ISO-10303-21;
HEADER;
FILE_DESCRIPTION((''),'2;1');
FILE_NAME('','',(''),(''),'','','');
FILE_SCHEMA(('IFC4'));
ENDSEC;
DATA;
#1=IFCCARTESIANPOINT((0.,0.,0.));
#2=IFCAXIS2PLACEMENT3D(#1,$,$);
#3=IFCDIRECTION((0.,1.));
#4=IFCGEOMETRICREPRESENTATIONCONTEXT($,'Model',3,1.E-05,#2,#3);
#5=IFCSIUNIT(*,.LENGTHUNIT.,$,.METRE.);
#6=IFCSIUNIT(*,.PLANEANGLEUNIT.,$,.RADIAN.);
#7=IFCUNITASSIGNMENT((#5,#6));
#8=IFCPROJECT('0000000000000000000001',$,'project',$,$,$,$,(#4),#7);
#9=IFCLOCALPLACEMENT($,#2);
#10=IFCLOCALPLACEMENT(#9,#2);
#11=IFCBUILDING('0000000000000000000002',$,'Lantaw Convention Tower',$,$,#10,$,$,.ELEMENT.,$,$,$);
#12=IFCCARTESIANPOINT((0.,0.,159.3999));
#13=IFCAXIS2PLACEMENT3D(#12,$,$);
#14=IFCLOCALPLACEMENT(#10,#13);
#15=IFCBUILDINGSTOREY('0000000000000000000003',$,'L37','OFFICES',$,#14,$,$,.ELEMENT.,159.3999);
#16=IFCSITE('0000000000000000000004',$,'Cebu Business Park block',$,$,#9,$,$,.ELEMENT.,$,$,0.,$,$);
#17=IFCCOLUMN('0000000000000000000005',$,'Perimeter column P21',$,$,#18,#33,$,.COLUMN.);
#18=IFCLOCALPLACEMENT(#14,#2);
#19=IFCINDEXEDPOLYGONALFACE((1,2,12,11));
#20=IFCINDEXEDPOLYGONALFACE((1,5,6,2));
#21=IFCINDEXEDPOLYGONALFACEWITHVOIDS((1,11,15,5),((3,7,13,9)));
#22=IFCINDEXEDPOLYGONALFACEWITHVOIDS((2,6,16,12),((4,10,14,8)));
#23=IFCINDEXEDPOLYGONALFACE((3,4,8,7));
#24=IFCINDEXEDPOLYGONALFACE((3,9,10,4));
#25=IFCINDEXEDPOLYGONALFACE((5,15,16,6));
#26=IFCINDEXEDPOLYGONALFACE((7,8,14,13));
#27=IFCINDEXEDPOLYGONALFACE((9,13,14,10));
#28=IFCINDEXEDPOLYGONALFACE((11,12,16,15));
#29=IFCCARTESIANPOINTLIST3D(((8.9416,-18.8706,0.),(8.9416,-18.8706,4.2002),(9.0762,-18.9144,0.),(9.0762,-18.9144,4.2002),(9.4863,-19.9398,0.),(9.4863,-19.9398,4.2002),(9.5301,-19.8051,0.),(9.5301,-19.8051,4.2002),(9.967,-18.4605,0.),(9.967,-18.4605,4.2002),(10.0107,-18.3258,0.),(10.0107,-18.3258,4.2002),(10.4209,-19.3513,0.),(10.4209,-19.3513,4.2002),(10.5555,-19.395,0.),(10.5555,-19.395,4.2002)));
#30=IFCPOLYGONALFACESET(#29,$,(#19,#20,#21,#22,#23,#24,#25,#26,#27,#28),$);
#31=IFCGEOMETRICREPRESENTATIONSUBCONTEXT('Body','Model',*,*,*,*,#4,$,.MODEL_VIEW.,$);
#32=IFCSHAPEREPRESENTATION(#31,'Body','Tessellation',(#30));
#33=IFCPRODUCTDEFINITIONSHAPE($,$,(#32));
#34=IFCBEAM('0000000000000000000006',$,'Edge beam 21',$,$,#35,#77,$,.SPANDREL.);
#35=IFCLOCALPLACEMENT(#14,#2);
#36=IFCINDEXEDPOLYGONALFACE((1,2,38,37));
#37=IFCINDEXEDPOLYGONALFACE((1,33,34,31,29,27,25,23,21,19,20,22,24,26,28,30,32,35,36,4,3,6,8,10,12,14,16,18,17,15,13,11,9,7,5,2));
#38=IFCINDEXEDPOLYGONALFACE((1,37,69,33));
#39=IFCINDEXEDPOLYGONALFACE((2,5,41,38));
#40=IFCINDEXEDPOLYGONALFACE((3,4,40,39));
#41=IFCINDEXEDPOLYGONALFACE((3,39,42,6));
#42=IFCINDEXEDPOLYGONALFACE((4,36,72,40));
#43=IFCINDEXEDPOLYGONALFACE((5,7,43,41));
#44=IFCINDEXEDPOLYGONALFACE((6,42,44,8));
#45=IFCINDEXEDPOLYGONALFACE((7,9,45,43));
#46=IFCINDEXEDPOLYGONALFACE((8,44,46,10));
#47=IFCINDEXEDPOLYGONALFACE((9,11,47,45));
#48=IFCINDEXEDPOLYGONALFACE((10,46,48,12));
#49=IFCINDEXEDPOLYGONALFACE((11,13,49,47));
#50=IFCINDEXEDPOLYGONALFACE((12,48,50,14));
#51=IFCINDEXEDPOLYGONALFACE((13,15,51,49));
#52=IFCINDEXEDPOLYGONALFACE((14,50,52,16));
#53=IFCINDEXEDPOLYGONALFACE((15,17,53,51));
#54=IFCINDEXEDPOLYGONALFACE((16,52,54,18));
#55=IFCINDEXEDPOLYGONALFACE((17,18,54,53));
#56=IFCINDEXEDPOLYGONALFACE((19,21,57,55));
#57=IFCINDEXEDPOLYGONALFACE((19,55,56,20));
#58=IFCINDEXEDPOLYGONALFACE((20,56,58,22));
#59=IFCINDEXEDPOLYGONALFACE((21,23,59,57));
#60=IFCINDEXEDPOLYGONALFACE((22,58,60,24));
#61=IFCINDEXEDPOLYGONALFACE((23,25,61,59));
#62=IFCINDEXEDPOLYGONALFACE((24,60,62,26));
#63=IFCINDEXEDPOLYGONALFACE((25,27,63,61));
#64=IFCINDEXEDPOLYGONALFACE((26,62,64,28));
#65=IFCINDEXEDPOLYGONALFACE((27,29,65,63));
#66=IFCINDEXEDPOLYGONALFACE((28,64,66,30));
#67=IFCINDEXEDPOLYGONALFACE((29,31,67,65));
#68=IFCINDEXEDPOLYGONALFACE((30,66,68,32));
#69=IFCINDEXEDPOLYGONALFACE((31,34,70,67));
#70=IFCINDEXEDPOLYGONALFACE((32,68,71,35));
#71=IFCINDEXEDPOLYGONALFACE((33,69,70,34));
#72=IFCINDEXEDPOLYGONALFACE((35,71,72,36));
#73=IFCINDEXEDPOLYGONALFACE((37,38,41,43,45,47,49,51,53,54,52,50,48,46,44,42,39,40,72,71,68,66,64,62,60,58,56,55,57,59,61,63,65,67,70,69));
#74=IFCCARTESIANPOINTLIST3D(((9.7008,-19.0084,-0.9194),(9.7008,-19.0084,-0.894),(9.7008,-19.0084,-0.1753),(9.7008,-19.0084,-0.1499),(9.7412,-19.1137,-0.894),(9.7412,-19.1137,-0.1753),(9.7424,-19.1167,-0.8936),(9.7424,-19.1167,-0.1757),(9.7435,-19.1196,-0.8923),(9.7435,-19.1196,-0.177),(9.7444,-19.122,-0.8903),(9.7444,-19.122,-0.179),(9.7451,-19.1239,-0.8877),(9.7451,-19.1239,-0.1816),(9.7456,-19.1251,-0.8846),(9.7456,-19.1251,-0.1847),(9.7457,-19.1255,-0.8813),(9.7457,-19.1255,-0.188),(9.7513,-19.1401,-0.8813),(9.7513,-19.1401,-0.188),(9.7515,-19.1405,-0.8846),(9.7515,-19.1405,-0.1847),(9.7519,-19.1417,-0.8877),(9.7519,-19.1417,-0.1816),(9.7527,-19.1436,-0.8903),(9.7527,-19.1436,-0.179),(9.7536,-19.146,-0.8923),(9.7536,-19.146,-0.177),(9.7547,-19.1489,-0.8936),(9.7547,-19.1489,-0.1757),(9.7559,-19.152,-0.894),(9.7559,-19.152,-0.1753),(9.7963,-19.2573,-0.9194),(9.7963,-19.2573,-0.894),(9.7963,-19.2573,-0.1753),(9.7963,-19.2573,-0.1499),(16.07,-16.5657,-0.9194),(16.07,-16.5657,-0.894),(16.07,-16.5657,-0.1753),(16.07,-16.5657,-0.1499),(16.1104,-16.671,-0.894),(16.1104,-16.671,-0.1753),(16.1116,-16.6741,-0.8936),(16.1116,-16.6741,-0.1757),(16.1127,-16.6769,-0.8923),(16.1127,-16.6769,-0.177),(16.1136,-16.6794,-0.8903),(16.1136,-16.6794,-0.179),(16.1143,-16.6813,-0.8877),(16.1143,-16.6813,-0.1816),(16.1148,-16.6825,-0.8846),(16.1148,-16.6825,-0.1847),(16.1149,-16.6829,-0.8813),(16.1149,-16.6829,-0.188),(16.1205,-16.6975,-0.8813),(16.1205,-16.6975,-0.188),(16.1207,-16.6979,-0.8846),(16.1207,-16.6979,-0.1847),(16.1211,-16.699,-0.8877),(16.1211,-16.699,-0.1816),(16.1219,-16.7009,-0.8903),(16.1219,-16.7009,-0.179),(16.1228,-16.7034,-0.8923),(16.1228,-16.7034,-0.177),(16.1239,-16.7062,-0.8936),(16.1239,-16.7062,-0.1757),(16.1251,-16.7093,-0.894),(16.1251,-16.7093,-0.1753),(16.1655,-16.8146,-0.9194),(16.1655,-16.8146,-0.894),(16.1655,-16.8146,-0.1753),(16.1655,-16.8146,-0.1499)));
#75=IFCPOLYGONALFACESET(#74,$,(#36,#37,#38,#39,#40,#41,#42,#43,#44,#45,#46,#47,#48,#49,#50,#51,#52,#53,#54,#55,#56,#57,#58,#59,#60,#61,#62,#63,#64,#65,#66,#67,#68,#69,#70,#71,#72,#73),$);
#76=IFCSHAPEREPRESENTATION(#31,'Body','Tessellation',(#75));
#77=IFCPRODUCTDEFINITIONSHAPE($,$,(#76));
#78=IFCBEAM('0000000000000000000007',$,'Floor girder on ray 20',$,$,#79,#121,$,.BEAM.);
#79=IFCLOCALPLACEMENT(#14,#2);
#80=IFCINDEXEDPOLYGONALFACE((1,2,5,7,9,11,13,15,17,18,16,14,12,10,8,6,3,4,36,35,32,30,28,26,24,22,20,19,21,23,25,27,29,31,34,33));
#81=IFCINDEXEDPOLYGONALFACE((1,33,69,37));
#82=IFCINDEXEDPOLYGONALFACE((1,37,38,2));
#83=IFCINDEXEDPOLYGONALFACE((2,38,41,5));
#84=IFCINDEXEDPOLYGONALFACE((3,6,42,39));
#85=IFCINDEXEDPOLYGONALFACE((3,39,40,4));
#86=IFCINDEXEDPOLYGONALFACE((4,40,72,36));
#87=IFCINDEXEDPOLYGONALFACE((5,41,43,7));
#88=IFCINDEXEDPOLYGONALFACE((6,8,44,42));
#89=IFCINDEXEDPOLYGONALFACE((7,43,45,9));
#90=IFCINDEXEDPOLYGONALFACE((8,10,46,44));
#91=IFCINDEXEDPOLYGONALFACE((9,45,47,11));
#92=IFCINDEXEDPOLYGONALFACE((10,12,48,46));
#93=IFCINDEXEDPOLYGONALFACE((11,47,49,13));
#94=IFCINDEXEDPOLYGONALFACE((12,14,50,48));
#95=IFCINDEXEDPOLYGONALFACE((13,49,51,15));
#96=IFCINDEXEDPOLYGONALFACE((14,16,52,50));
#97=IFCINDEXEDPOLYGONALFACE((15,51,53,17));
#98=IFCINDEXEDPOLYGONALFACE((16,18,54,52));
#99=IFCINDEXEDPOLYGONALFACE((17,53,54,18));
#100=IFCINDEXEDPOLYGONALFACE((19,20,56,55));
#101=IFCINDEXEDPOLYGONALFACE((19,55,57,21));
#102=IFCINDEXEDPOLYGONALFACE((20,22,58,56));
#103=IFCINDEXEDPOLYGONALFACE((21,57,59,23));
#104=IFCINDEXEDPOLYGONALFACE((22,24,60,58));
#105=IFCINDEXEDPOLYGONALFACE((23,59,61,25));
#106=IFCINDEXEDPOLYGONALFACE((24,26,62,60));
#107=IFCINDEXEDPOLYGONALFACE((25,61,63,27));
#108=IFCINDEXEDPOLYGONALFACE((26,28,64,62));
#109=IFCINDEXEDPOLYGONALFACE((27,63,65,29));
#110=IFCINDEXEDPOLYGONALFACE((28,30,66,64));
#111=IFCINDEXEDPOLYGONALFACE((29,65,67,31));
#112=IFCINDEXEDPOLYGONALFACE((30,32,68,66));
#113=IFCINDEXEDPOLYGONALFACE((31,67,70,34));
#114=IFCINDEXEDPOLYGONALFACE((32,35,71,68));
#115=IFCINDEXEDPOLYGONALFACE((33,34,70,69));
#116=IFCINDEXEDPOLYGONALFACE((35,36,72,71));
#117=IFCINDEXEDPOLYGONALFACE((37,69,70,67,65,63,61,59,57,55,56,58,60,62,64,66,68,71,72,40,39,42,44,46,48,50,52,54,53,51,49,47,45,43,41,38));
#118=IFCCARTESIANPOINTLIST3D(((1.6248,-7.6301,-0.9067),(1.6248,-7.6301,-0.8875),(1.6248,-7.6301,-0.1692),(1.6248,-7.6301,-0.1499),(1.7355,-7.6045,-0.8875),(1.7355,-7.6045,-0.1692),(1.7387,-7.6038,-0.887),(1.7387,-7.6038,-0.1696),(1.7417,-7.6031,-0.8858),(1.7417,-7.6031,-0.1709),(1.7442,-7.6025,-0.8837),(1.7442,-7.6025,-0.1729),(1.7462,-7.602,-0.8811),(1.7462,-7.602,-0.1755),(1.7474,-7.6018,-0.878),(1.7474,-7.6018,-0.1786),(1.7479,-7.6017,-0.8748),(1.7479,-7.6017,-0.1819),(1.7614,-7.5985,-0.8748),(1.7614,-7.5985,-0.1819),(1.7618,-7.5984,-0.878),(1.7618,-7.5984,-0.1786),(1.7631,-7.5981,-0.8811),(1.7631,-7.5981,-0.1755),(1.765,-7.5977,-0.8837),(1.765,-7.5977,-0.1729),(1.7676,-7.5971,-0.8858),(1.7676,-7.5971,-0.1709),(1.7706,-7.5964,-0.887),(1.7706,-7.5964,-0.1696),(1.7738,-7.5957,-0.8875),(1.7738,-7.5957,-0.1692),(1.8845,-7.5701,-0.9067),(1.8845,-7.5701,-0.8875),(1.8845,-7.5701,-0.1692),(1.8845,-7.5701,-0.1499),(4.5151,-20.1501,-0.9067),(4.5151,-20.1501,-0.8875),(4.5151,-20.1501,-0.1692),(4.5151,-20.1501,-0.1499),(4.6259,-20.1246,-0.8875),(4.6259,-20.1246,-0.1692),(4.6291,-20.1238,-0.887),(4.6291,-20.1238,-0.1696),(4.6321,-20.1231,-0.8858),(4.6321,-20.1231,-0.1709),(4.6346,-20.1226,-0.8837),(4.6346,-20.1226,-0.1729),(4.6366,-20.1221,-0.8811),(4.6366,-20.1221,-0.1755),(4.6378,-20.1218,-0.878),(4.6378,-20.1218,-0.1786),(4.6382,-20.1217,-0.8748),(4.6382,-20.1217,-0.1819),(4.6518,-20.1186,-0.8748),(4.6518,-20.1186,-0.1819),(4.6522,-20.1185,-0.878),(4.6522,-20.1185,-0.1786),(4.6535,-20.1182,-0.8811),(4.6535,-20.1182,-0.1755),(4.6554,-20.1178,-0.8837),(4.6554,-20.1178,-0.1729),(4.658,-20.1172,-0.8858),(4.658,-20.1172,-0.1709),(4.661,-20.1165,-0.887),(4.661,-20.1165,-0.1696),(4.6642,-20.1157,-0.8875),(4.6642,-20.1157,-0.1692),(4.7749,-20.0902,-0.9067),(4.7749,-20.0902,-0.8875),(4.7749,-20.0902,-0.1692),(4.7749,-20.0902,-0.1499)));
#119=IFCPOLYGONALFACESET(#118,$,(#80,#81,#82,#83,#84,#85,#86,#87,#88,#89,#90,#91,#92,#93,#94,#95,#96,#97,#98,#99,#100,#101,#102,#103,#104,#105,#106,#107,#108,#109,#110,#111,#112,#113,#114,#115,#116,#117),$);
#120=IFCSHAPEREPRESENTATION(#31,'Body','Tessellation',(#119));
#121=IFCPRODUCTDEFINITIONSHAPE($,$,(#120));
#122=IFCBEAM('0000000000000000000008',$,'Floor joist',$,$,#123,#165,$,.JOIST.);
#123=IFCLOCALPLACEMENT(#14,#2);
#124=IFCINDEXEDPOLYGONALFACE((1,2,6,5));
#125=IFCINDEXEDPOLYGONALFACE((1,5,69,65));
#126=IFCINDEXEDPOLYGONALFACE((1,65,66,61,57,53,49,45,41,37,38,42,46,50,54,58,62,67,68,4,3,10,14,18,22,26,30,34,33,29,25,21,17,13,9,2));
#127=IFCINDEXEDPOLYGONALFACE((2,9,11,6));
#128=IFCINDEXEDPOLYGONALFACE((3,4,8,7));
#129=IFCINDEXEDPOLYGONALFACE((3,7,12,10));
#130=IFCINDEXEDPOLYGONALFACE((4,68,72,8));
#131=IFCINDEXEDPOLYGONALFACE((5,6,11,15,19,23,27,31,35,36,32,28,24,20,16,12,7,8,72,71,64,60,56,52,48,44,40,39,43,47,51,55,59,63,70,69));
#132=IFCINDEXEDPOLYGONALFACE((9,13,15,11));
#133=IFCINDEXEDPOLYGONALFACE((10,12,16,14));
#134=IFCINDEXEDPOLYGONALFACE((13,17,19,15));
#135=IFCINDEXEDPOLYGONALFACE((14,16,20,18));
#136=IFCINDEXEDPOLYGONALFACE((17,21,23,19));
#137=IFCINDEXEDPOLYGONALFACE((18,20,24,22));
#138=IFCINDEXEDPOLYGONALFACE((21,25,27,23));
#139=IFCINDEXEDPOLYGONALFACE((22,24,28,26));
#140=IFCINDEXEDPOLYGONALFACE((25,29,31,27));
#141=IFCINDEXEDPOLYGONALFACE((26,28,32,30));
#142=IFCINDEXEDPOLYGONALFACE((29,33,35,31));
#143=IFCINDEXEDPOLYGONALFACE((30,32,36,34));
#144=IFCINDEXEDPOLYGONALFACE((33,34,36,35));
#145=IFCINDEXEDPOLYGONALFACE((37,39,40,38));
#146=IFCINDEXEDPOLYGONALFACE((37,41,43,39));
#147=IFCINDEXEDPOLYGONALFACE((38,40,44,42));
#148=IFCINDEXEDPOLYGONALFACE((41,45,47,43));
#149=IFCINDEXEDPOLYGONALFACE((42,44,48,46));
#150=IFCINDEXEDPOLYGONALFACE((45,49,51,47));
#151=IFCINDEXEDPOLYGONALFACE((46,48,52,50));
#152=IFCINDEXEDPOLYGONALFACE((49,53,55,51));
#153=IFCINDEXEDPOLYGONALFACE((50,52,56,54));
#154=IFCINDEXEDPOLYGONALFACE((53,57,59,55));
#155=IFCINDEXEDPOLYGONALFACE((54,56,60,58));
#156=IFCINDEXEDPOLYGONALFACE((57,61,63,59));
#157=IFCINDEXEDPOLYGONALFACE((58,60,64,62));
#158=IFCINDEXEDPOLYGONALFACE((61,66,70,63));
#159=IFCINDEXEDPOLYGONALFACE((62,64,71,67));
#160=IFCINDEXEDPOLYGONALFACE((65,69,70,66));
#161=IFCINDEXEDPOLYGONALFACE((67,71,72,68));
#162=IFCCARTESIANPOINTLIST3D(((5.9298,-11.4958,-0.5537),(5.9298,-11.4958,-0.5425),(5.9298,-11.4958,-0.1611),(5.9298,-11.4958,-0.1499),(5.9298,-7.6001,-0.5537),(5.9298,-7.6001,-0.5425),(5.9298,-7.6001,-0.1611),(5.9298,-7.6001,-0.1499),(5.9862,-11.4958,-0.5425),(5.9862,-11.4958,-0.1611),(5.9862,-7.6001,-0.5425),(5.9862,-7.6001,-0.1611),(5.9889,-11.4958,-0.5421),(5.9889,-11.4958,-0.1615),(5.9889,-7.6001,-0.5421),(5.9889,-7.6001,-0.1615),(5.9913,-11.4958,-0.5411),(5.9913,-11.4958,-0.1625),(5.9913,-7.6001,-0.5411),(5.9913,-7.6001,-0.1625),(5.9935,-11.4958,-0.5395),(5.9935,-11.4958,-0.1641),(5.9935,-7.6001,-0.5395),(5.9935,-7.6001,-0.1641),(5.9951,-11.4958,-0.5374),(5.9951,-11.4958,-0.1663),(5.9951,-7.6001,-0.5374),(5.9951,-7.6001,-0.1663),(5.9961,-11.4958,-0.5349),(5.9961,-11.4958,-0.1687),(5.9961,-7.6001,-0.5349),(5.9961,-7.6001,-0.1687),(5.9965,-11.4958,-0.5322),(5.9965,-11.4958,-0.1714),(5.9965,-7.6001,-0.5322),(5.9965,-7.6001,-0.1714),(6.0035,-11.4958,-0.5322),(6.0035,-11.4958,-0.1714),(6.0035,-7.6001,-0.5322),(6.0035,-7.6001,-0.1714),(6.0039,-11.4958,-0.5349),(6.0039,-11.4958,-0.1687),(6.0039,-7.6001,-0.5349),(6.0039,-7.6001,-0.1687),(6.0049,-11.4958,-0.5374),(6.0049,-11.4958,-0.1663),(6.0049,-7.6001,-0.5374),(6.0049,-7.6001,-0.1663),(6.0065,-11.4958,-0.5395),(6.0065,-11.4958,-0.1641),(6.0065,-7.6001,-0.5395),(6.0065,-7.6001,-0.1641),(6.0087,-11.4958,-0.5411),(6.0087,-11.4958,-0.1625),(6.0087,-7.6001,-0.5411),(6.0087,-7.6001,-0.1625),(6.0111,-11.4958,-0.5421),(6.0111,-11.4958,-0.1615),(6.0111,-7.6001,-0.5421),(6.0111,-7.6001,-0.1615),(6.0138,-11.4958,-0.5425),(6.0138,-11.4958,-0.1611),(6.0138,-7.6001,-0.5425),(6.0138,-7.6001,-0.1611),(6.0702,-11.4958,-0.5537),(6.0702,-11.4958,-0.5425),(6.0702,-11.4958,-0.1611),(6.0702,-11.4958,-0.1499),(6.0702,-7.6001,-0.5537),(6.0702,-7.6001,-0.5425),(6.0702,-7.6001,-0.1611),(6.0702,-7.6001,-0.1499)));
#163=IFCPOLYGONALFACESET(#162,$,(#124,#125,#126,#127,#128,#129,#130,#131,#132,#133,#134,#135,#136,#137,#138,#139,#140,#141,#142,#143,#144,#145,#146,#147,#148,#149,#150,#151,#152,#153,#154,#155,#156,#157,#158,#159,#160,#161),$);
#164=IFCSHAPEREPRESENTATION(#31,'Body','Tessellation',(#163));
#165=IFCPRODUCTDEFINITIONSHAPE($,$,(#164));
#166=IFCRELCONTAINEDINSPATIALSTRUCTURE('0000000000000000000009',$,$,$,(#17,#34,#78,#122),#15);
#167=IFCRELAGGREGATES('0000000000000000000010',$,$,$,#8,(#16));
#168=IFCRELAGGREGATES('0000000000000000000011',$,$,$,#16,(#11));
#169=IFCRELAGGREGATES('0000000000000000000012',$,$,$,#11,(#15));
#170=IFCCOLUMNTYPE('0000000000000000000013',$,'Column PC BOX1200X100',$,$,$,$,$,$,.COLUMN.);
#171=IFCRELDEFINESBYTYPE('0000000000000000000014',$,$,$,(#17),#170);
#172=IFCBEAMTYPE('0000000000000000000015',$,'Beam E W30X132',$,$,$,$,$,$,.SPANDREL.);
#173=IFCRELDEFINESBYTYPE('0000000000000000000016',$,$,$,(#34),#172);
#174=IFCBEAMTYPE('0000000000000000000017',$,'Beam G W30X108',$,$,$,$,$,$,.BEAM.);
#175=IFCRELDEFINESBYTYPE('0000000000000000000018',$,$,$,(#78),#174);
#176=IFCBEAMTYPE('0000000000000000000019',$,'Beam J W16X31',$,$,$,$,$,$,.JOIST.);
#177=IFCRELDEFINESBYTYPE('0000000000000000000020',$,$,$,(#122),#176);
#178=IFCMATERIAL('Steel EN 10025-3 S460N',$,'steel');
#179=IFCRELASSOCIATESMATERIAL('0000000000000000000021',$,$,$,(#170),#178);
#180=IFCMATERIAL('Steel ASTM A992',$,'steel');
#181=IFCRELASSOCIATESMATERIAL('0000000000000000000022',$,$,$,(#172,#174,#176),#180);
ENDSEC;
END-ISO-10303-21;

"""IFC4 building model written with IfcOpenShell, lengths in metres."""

from ifc_helpers import new_model, si_unit, direction, frame, origin, origin_2d, place, context, subcontext, project, spatial, rectangle, hollow_rectangle, i_section, extrude, material, material_profile, profile_set, type_object, element, save


model = new_model("IFC4")

# Units and contexts
model_context = context("Model", 3, precision=1e-05, world=origin(), true_north=direction((0.0, 1.0)))
body_context = subcontext(model_context, "Body", "Model", "MODEL_VIEW")
ifc_project = project(units=[si_unit("LENGTHUNIT", "METRE"), si_unit("PLANEANGLEUNIT", "RADIAN")], contexts=[model_context])

# Site, building, storey
site_placement = place(None, origin())
site = spatial("IfcSite", under=ifc_project, at=site_placement, Name="Cebu Business Park block", CompositionType="ELEMENT", RefElevation=0.0)
building_placement = place(site_placement, origin())
building = spatial("IfcBuilding", under=site, at=building_placement, Name="Lantaw Convention Tower", CompositionType="ELEMENT")
storey_placement = place(building_placement, frame((0.0, 0.0, 159.3999)))
storey = spatial("IfcBuildingStorey", under=building, at=storey_placement, Name="L37", Description="OFFICES", CompositionType="ELEMENT", Elevation=159.3999)

# Column
ifc_material_1 = material(Name="Steel EN 10025-3 S460N", Category="steel")
ifc_material_profile_1 = material_profile(ifc_material_1, hollow_rectangle(XDim=1.2, YDim=1.2, WallThickness=0.1001, at=origin_2d()), Name="BOX1200X100")
ifc_material_2 = material(Name="Concrete C60/75", Category="concrete")
ifc_material_profile_2 = material_profile(ifc_material_2, rectangle(XDim=1.0, YDim=1.0, at=origin_2d()), Name="Concrete fill of BOX1200X100")
ifc_profile_set_1 = profile_set([ifc_material_profile_1, ifc_material_profile_2], Name="Steel EN 10025-3 S460N")
column_type = type_object("IfcColumnType", Name="Column PC BOX1200X100", PredefinedType="COLUMN", material=ifc_profile_set_1)
column_placement = place(storey_placement, frame((9.7485, -19.1328, 0.0), z_axis=(0.0, 0.0, 1.0), x_axis=(0.891007, 0.45399, 0.0)))
element("IfcColumn", 1, at=column_placement, inside=storey, type_object=column_type, Name="Perimeter column P21", PredefinedType="COLUMN", context=body_context, shape_type="SweptSolid", body=[
    extrude(hollow_rectangle(XDim=1.2, YDim=1.2, WallThickness=0.1001, at=origin_2d()), origin(), (0.0, 0.0, 1.0), 4.2002),
])

# Beams
ifc_material_3 = material(Name="Steel ASTM A992", Category="steel")
ifc_material_profile_3 = material_profile(ifc_material_3, i_section(OverallWidth=0.2666, OverallDepth=0.7695, WebThickness=0.0156, FlangeThickness=0.0254, FilletRadius=0.0127, at=origin_2d()), Name="W30X132")
ifc_profile_set_2 = profile_set([ifc_material_profile_3], Name="Steel ASTM A992")
beam_type_1 = type_object("IfcBeamType", Name="Beam E W30X132", PredefinedType="SPANDREL", material=ifc_profile_set_2)
beam_1_placement = place(storey_placement, frame((9.7485, -19.1328, -0.5347), z_axis=(0.933691, 0.35808, 0.0), x_axis=(-0.35808, 0.933691, 0.0)))
element("IfcBeam", 2, at=beam_1_placement, inside=storey, type_object=beam_type_1, Name="Edge beam 21", PredefinedType="SPANDREL", context=body_context, shape_type="SweptSolid", body=[
    extrude(i_section(OverallWidth=0.2666, OverallDepth=0.7695, WebThickness=0.0156, FlangeThickness=0.0254, FilletRadius=0.0127, at=origin_2d()), origin(), (0.0, 0.0, 1.0), 6.8215),
])
ifc_material_profile_4 = material_profile(ifc_material_3, i_section(OverallWidth=0.2666, OverallDepth=0.7568, WebThickness=0.0139, FlangeThickness=0.0193, FilletRadius=0.0127, at=origin_2d()), Name="W30X108")
ifc_profile_set_3 = profile_set([ifc_material_profile_4], Name="Steel ASTM A992")
beam_type_2 = type_object("IfcBeamType", Name="Beam G W30X108", PredefinedType="BEAM", material=ifc_profile_set_3)
beam_2_placement = place(storey_placement, frame((1.7546, -7.6001, -0.5283), z_axis=(0.224944, -0.974372, 0.0), x_axis=(0.974372, 0.224944, 0.0)))
element("IfcBeam", 3, at=beam_2_placement, inside=storey, type_object=beam_type_2, Name="Floor girder on ray 20", PredefinedType="BEAM", context=body_context, shape_type="SweptSolid", body=[
    extrude(i_section(OverallWidth=0.2666, OverallDepth=0.7568, WebThickness=0.0139, FlangeThickness=0.0193, FilletRadius=0.0127, at=origin_2d()), origin(), (0.0, 0.0, 1.0), 12.8494),
])
ifc_material_profile_5 = material_profile(ifc_material_3, i_section(OverallWidth=0.1404, OverallDepth=0.4038, WebThickness=0.0071, FlangeThickness=0.0112, FilletRadius=0.0103, at=origin_2d()), Name="W16X31")
ifc_profile_set_4 = profile_set([ifc_material_profile_5], Name="Steel ASTM A992")
beam_type_3 = type_object("IfcBeamType", Name="Beam J W16X31", PredefinedType="JOIST", material=ifc_profile_set_4)
beam_3_placement = place(storey_placement, frame((6.0, -11.4958, -0.3518), z_axis=(0.0, 1.0, 0.0), x_axis=(-1.0, 0.0, 0.0)))
element("IfcBeam", 4, at=beam_3_placement, inside=storey, type_object=beam_type_3, Name="Floor joist", PredefinedType="JOIST", context=body_context, shape_type="SweptSolid", body=[
    extrude(i_section(OverallWidth=0.1404, OverallDepth=0.4038, WebThickness=0.0071, FlangeThickness=0.0112, FilletRadius=0.0103, at=origin_2d()), origin(), (0.0, 0.0, 1.0), 3.8958),
])

save(model, "model.ifc")
